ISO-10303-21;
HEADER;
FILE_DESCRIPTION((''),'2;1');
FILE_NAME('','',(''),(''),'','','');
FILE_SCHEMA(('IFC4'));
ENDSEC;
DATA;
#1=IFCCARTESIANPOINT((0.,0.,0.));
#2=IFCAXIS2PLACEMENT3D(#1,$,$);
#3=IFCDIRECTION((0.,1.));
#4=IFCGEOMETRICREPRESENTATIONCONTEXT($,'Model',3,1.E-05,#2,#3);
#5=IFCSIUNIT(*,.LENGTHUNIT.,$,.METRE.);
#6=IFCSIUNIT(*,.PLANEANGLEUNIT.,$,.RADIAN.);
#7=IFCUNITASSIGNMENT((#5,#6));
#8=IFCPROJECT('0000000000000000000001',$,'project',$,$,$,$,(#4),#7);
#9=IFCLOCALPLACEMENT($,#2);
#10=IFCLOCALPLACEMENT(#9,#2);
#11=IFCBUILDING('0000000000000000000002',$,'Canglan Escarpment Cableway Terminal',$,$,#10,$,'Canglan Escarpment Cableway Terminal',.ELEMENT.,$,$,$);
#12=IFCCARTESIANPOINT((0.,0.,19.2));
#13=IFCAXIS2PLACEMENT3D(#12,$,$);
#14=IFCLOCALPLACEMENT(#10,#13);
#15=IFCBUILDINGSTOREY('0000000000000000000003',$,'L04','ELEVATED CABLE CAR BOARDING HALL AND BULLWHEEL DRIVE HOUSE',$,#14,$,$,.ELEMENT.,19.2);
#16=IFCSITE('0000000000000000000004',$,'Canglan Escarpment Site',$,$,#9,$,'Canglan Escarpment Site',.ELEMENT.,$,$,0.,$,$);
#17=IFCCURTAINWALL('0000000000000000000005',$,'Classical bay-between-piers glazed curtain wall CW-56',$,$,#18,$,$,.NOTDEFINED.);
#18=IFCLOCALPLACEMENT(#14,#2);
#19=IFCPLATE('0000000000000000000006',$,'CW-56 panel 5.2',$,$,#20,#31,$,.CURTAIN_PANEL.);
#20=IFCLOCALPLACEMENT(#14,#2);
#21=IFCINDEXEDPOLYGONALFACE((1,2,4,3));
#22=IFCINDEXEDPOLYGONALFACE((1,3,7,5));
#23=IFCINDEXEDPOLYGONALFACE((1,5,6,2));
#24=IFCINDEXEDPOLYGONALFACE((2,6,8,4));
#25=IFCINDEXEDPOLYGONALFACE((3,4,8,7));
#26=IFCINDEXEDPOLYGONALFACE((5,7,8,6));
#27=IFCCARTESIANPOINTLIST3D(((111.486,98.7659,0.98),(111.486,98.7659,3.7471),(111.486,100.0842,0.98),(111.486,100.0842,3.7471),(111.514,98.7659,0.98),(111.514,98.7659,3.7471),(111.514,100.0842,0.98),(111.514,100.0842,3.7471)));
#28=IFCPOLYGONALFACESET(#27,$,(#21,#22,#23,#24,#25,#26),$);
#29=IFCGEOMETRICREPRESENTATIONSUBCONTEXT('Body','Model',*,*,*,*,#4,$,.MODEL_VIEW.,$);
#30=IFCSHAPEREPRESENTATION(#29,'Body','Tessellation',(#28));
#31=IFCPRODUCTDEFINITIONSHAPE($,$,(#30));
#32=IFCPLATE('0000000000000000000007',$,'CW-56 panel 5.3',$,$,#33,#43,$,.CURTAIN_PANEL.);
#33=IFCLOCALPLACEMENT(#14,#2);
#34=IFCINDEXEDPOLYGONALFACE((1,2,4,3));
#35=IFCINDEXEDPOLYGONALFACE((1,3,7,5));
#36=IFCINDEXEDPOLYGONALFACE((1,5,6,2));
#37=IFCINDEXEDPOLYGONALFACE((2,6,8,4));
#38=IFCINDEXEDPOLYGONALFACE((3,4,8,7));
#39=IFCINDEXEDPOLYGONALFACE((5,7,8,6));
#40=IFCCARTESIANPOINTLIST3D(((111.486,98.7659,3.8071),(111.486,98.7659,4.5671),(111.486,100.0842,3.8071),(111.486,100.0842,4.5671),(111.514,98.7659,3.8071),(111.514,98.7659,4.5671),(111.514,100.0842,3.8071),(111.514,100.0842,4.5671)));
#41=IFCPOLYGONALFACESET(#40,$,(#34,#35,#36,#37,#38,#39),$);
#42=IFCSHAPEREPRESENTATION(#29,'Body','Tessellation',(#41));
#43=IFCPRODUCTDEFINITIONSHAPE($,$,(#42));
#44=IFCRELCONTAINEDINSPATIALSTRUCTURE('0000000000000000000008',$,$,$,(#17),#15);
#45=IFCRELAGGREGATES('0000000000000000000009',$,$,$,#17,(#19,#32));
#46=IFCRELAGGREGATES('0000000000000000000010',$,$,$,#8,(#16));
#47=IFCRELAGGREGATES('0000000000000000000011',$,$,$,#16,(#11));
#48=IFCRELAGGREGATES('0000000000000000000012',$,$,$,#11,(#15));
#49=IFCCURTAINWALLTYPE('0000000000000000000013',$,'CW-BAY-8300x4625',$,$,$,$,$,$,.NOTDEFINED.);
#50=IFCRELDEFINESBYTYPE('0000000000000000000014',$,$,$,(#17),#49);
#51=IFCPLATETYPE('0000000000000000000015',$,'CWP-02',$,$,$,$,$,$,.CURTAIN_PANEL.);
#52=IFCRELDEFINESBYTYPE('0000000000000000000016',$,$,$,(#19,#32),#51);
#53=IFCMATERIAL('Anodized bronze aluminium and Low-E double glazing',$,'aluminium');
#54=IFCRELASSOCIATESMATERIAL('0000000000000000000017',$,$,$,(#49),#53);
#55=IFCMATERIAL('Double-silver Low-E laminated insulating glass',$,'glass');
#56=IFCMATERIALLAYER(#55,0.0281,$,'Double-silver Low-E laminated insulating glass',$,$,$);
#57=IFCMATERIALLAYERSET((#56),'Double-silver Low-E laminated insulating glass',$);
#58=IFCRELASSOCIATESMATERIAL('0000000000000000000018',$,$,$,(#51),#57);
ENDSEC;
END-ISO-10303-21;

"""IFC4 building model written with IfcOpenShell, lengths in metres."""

from ifc_helpers import new_model, si_unit, direction, frame, origin, origin_2d, place, context, subcontext, project, spatial, rectangle, extrude, material, layer, layer_set, type_object, element, aggregate, save


model = new_model("IFC4")

# Units and contexts
model_context = context("Model", 3, precision=1e-05, world=origin(), true_north=direction((0.0, 1.0)))
body_context = subcontext(model_context, "Body", "Model", "MODEL_VIEW")
ifc_project = project(units=[si_unit("LENGTHUNIT", "METRE"), si_unit("PLANEANGLEUNIT", "RADIAN")], contexts=[model_context])

# Site, building, storey
site_placement = place(None, origin())
site = spatial("IfcSite", under=ifc_project, at=site_placement, Name="Canglan Escarpment Site", LongName="Canglan Escarpment Site", CompositionType="ELEMENT", RefElevation=0.0)
building_placement = place(site_placement, origin())
building = spatial("IfcBuilding", under=site, at=building_placement, Name="Canglan Escarpment Cableway Terminal", LongName="Canglan Escarpment Cableway Terminal", CompositionType="ELEMENT")
storey_placement = place(building_placement, frame((0.0, 0.0, 19.2)))
storey = spatial("IfcBuildingStorey", under=building, at=storey_placement, Name="L04", Description="ELEVATED CABLE CAR BOARDING HALL AND BULLWHEEL DRIVE HOUSE", CompositionType="ELEMENT", Elevation=19.2)

# Curtain wall
ifc_material_1 = material(Name="Anodized bronze aluminium and Low-E double glazing", Category="aluminium")
curtain_wall_type_1 = type_object("IfcCurtainWallType", Name="CW-BAY-8300x4625", PredefinedType="NOTDEFINED", material=ifc_material_1)
curtain_wall_1_placement = place(storey_placement, origin())
curtain_wall_1 = element("IfcCurtainWall", 1, at=curtain_wall_1_placement, inside=storey, type_object=curtain_wall_type_1, Name="Classical bay-between-piers glazed curtain wall CW-56", PredefinedType="NOTDEFINED")

# Plates
ifc_material_2 = material(Name="Double-silver Low-E laminated insulating glass", Category="glass")
ifc_layer_1 = layer(ifc_material_2, 0.0281, Name="Double-silver Low-E laminated insulating glass")
ifc_layer_set_1 = layer_set([ifc_layer_1], Name="Double-silver Low-E laminated insulating glass")
plate_type_1 = type_object("IfcPlateType", Name="CWP-02", PredefinedType="CURTAIN_PANEL", material=ifc_layer_set_1)
plate_1_placement = place(storey_placement, frame((111.5, 99.425, 0.98), z_axis=(0.0, 0.0, 1.0), x_axis=(0.0, -1.0, 0.0)))
plate_1 = element("IfcPlate", 2, at=plate_1_placement, type_object=plate_type_1, Name="CW-56 panel 5.2", PredefinedType="CURTAIN_PANEL", context=body_context, shape_type="SweptSolid", body=[
    extrude(rectangle(XDim=1.3184, YDim=0.0281, at=origin_2d()), origin(), (0.0, 0.0, 1.0), 2.7671),
])
plate_2_placement = place(storey_placement, frame((111.5, 99.425, 3.8071), z_axis=(0.0, 0.0, 1.0), x_axis=(0.0, -1.0, 0.0)))
plate_2 = element("IfcPlate", 3, at=plate_2_placement, type_object=plate_type_1, Name="CW-56 panel 5.3", PredefinedType="CURTAIN_PANEL", context=body_context, shape_type="SweptSolid", body=[
    extrude(rectangle(XDim=1.3184, YDim=0.0281, at=origin_2d()), origin(), (0.0, 0.0, 1.0), 0.76),
])
aggregate(curtain_wall_1, [plate_1, plate_2])

save(model, "model.ifc")
